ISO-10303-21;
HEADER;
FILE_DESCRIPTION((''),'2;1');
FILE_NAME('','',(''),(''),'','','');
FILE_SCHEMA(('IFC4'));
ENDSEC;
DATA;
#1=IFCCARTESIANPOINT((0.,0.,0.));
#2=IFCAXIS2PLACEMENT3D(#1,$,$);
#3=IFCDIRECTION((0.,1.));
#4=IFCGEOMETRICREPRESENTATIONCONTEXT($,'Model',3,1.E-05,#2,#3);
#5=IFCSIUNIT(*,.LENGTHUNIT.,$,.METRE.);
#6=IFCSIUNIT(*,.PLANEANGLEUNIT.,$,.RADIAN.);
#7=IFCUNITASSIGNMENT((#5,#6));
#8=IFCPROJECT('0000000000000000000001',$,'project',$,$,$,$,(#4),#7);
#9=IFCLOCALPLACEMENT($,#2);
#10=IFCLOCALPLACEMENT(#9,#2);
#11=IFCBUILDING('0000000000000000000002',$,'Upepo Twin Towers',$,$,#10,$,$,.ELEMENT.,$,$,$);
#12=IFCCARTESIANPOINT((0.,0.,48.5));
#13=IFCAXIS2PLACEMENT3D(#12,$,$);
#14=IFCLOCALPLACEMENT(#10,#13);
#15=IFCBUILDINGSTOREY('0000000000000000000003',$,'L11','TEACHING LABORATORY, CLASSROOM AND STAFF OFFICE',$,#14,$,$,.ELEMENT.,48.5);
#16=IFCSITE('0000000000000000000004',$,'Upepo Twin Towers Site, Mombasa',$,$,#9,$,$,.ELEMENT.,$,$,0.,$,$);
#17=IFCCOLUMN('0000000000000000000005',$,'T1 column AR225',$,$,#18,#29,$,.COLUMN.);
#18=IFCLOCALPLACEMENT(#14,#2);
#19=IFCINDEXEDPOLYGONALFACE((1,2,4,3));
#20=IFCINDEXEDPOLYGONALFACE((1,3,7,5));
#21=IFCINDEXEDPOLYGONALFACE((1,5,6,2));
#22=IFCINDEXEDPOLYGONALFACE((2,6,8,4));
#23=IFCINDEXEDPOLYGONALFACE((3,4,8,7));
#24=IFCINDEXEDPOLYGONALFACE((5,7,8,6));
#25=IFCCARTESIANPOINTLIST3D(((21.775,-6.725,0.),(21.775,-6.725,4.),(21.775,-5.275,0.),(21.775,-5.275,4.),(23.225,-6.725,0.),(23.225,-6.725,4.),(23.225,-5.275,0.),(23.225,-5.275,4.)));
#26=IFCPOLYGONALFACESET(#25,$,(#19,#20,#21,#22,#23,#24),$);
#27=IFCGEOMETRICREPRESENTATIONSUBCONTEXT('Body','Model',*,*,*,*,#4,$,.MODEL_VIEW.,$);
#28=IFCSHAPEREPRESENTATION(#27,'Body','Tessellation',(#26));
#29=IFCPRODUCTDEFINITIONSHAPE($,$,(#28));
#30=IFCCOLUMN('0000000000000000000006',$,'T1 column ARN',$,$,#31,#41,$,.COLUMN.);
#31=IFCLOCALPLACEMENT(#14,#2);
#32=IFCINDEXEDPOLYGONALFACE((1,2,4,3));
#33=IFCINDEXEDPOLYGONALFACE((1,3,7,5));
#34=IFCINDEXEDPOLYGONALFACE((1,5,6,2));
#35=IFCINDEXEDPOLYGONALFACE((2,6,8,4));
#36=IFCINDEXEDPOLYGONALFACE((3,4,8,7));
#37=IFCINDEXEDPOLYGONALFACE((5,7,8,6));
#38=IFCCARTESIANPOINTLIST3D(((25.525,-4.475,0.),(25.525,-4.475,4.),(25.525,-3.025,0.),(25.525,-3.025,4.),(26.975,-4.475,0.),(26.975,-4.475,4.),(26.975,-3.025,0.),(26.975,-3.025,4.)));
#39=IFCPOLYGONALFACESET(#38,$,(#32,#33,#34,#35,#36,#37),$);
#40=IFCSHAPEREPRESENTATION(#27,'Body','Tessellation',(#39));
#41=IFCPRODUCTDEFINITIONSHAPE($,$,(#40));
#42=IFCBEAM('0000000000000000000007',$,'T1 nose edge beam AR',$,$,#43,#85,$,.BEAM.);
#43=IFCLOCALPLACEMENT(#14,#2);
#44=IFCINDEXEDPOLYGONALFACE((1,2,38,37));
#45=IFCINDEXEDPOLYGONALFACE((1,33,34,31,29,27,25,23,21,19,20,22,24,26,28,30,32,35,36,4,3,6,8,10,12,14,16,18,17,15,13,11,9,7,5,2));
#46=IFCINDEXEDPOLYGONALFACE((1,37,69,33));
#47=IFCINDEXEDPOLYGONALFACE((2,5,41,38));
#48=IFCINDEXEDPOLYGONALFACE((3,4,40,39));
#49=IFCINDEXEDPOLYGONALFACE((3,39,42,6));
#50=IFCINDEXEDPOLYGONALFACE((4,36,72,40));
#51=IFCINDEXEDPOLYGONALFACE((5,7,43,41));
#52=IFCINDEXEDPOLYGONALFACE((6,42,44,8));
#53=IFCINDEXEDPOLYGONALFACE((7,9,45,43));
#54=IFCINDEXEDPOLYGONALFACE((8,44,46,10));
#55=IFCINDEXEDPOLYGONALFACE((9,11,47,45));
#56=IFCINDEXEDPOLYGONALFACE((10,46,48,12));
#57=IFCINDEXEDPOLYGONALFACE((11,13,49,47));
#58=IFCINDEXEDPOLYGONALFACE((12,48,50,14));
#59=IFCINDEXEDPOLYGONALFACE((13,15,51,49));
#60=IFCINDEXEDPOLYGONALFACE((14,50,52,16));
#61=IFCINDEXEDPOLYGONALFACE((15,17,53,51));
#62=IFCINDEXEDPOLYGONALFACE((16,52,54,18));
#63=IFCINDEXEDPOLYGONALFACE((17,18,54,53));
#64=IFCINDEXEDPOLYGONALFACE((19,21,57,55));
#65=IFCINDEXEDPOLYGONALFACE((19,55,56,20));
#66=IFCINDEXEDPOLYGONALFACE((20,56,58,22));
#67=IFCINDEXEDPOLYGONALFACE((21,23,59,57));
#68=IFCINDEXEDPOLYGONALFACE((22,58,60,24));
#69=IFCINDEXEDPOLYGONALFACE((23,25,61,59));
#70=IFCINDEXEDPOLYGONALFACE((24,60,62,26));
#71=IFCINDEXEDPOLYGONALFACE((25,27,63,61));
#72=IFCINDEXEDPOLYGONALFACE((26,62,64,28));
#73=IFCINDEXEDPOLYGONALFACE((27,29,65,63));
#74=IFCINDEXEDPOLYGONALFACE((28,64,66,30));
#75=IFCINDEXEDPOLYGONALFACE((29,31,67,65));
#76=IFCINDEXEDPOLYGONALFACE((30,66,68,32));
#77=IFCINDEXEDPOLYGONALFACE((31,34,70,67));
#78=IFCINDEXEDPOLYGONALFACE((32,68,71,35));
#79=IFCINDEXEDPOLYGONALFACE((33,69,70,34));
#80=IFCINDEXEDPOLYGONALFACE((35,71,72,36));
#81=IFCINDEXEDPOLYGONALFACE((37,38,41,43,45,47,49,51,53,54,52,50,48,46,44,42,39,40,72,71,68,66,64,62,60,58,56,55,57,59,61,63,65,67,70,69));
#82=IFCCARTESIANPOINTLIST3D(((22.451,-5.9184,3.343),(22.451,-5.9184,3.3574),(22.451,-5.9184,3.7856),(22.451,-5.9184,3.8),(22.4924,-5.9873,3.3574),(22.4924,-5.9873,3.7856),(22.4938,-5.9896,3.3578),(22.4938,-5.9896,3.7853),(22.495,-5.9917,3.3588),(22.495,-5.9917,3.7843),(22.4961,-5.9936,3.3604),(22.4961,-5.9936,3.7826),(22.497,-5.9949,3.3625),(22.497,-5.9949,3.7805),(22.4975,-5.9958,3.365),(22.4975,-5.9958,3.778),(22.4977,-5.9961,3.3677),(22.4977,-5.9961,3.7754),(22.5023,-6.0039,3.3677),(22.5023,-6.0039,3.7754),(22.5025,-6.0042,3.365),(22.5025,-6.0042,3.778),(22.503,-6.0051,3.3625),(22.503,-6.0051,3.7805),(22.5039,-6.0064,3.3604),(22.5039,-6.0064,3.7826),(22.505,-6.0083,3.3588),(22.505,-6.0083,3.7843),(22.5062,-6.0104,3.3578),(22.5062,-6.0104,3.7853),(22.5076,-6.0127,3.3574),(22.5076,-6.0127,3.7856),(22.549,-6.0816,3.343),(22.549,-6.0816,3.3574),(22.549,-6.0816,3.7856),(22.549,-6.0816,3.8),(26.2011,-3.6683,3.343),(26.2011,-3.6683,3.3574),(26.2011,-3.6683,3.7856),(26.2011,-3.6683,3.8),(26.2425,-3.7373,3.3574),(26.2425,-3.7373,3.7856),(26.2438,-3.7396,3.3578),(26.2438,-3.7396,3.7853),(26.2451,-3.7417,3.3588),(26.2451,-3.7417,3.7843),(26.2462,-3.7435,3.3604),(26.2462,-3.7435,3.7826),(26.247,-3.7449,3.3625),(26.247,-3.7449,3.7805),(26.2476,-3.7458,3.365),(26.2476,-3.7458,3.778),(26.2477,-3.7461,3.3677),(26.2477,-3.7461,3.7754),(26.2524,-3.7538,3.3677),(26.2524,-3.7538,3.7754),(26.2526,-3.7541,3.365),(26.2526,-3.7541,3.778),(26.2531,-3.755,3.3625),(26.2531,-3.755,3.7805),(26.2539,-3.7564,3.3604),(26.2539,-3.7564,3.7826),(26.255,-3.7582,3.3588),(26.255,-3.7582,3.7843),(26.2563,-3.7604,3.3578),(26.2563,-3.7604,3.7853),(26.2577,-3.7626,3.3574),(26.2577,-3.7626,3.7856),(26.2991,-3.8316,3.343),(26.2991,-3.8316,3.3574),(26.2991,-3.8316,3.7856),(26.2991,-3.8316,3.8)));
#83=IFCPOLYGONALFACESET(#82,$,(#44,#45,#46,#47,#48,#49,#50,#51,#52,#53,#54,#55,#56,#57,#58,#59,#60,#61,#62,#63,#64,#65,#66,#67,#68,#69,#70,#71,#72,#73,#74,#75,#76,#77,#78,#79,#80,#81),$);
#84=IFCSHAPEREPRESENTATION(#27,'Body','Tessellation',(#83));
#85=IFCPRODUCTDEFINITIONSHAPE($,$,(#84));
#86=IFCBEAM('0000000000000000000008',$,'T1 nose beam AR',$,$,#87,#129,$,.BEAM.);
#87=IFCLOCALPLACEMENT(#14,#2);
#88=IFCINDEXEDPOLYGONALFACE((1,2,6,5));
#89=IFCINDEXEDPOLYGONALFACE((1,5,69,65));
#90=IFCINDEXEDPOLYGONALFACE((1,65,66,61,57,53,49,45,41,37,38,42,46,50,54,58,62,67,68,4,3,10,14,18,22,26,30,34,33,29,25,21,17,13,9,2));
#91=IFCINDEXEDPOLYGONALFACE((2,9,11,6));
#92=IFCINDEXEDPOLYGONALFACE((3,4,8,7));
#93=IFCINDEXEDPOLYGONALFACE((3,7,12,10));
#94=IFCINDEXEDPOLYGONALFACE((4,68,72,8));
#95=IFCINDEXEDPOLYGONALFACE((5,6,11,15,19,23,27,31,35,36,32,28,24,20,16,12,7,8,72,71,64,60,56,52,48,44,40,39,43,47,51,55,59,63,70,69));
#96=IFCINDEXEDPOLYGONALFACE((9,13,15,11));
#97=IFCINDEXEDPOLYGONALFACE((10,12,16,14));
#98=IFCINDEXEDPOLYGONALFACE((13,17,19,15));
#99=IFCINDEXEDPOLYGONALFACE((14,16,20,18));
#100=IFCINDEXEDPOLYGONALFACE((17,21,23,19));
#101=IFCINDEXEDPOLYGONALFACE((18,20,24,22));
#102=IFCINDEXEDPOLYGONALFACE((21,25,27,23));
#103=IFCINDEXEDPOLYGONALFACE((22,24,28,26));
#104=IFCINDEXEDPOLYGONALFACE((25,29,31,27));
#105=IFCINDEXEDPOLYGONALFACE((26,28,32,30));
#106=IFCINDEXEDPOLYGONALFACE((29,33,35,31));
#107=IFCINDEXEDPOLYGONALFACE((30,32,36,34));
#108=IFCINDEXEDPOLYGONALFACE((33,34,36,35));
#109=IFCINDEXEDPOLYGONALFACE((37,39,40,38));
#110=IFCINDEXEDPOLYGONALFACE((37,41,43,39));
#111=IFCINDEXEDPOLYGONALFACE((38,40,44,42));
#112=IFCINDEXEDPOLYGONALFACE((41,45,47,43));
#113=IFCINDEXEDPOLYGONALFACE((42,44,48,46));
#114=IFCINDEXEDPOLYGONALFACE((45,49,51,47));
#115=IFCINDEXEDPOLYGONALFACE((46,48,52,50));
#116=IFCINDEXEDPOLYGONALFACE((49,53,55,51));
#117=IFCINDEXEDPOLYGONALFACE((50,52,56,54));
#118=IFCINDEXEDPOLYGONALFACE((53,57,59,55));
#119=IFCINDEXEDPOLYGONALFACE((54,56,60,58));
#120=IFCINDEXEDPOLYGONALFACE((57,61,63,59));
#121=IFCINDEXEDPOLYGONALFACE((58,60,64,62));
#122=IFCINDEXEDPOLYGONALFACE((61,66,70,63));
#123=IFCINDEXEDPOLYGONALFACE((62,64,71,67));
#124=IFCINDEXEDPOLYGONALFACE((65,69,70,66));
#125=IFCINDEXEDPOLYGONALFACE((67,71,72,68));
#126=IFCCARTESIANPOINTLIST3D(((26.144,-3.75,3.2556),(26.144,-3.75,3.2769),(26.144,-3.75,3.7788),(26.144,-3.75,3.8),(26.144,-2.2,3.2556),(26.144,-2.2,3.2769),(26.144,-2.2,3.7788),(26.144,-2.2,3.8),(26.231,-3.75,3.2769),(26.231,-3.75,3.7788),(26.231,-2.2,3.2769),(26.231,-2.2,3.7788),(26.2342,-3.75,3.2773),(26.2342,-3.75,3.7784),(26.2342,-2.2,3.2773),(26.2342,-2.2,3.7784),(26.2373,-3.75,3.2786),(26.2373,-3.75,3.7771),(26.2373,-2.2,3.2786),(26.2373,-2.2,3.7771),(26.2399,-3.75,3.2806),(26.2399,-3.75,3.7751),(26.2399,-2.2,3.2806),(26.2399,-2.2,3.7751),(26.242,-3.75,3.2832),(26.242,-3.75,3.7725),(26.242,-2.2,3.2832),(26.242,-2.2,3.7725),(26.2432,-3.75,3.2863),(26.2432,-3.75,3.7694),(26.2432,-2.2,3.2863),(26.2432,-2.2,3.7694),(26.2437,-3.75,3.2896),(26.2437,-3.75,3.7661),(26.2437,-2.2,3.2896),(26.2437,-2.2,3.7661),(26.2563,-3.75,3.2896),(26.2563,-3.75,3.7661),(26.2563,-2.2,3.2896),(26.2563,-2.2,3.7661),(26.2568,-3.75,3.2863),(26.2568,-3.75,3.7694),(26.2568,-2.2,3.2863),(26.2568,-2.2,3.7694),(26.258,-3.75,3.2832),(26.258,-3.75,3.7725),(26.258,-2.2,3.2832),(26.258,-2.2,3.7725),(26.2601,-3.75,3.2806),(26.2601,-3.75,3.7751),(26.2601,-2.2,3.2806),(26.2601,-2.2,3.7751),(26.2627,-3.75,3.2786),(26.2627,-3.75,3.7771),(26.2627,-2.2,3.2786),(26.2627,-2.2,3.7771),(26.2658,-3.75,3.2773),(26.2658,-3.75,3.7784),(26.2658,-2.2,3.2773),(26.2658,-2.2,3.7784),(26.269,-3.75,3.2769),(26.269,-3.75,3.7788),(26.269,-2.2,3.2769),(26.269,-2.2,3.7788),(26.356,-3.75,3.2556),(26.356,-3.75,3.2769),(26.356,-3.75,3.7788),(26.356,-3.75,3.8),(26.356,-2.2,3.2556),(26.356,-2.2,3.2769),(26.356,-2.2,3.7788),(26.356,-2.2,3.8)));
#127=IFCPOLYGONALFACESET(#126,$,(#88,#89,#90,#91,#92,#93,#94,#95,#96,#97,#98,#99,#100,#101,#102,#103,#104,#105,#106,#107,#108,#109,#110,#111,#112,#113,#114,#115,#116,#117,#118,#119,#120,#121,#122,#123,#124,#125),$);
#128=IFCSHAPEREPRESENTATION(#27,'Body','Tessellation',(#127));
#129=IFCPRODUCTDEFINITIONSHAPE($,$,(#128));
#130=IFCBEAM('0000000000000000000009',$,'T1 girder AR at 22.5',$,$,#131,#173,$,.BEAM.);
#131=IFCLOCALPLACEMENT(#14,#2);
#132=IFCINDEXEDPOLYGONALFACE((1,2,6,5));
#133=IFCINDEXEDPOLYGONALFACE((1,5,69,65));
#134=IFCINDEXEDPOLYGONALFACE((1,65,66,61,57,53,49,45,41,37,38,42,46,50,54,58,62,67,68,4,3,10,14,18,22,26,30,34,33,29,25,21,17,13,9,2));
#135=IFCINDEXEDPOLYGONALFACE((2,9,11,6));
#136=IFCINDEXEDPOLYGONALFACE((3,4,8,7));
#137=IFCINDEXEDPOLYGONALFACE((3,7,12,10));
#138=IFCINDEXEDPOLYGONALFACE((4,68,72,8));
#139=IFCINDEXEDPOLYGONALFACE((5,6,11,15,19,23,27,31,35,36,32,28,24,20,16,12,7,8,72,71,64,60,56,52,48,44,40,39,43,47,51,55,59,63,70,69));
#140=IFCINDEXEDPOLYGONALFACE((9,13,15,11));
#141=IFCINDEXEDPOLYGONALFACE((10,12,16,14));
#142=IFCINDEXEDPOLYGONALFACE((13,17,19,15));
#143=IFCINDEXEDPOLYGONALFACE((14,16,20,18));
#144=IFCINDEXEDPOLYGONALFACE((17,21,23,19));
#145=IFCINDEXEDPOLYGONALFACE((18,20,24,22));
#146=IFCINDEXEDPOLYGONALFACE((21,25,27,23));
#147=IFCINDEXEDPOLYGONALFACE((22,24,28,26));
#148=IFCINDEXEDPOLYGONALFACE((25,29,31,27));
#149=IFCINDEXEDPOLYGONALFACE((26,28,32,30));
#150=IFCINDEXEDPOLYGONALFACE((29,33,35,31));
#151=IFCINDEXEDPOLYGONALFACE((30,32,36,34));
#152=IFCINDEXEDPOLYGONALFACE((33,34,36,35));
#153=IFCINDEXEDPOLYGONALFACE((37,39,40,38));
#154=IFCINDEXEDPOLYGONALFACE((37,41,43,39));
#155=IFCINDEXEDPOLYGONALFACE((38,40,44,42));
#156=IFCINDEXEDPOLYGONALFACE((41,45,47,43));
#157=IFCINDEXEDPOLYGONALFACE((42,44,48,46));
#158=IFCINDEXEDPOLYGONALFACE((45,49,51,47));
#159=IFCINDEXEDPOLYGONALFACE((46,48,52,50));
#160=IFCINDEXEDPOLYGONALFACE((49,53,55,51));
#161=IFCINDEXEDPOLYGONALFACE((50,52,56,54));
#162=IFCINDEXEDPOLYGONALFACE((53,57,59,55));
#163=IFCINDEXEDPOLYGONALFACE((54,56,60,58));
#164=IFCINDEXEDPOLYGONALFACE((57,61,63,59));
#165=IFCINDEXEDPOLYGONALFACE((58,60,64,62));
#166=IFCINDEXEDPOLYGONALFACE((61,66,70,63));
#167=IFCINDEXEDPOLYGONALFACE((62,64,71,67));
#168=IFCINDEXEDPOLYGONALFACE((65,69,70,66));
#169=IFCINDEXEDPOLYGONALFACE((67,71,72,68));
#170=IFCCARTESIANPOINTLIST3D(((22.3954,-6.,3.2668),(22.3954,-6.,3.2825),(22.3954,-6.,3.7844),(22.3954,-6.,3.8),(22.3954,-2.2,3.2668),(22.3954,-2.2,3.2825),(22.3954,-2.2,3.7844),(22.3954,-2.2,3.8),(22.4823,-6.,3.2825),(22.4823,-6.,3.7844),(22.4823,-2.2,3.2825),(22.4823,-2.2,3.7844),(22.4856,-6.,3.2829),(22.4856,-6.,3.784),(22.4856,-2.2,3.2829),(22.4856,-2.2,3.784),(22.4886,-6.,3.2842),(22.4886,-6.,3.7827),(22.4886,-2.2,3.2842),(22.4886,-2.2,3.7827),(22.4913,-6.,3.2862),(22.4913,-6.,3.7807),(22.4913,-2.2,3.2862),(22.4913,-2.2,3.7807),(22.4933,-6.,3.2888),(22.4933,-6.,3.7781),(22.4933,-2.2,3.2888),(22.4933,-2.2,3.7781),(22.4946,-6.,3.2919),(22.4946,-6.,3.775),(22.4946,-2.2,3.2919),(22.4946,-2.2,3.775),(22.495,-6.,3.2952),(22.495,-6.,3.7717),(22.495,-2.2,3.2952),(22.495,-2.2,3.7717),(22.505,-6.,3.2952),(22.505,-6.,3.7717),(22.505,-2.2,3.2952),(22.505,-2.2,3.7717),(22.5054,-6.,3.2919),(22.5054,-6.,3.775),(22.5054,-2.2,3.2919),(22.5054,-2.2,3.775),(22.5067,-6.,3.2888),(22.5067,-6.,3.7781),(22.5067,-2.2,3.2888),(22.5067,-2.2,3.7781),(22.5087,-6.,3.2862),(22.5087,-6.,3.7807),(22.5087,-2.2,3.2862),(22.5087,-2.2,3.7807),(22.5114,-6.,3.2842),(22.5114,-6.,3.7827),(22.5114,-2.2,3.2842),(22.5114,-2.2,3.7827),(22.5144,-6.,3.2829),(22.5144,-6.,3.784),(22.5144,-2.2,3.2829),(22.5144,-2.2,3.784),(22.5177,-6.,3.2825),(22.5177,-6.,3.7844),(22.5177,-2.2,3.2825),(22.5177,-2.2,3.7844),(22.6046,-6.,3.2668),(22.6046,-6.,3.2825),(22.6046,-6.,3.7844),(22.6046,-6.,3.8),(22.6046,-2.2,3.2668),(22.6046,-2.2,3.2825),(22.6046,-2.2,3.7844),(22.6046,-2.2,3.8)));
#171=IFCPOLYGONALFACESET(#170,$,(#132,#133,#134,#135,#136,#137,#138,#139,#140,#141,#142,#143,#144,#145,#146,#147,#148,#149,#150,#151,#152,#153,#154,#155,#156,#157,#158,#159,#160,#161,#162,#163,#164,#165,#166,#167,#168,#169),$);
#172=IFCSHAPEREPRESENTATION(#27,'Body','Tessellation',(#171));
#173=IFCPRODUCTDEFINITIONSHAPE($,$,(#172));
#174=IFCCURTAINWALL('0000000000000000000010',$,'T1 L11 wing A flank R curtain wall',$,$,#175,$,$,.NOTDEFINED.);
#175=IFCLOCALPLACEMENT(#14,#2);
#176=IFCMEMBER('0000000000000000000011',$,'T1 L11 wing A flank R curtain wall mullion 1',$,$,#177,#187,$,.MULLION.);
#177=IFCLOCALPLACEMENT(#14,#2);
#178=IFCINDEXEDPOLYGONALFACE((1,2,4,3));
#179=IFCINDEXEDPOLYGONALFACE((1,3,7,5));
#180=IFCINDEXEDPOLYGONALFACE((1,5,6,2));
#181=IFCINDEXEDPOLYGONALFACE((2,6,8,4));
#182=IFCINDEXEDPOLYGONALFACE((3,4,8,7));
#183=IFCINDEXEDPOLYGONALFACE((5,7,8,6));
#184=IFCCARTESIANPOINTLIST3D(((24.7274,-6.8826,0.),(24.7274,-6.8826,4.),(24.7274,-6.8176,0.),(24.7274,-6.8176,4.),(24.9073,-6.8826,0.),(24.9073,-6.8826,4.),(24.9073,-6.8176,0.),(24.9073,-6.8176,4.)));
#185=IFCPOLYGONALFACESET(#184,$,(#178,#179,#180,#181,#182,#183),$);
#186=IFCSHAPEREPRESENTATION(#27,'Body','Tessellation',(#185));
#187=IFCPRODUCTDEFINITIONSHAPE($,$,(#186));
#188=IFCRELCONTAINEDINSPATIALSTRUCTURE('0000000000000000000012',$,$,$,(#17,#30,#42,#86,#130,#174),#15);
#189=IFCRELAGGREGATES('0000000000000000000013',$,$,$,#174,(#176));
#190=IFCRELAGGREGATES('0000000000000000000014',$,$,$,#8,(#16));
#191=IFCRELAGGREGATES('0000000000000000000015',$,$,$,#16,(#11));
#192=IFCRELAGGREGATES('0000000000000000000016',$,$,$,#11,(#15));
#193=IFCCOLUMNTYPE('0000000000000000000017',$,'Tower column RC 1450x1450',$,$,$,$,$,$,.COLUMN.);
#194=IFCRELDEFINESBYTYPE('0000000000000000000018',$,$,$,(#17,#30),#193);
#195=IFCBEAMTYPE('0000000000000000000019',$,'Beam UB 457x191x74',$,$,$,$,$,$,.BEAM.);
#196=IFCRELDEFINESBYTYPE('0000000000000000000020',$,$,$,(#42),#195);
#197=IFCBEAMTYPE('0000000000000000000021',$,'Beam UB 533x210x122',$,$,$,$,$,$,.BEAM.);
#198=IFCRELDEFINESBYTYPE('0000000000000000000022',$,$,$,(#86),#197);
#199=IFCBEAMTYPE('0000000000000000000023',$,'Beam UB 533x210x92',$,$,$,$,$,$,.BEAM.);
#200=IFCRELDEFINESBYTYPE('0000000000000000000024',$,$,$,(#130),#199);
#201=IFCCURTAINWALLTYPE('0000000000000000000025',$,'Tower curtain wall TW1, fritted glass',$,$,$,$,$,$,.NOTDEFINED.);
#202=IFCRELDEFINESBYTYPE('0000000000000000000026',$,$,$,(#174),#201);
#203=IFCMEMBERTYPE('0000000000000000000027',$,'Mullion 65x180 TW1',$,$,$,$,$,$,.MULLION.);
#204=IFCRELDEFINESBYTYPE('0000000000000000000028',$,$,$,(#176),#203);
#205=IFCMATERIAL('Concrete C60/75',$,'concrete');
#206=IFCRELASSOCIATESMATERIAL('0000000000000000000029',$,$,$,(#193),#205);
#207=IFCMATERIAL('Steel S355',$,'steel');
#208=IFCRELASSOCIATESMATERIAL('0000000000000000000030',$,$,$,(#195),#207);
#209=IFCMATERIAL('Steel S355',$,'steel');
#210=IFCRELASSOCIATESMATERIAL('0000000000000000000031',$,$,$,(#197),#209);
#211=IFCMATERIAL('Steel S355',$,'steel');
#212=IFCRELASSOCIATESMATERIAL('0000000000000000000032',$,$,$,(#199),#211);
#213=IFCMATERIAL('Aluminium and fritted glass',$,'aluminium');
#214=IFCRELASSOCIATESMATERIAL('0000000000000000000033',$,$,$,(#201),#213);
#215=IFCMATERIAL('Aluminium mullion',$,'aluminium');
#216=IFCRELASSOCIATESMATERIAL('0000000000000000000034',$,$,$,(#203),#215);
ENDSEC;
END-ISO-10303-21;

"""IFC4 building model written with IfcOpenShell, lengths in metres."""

from ifc_helpers import new_model, si_unit, direction, frame, origin, origin_2d, place, context, subcontext, project, spatial, rectangle, i_section, extrude, material, material_profile, profile_set, type_object, element, aggregate, save


model = new_model("IFC4")

# Units and contexts
model_context = context("Model", 3, precision=1e-05, world=origin(), true_north=direction((0.0, 1.0)))
body_context = subcontext(model_context, "Body", "Model", "MODEL_VIEW")
ifc_project = project(units=[si_unit("LENGTHUNIT", "METRE"), si_unit("PLANEANGLEUNIT", "RADIAN")], contexts=[model_context])

# Site, building, storey
site_placement = place(None, origin())
site = spatial("IfcSite", under=ifc_project, at=site_placement, Name="Upepo Twin Towers Site, Mombasa", CompositionType="ELEMENT", RefElevation=0.0)
building_placement = place(site_placement, origin())
building = spatial("IfcBuilding", under=site, at=building_placement, Name="Upepo Twin Towers", CompositionType="ELEMENT")
storey_placement = place(building_placement, frame((0.0, 0.0, 48.5)))
storey = spatial("IfcBuildingStorey", under=building, at=storey_placement, Name="L11", Description="TEACHING LABORATORY, CLASSROOM AND STAFF OFFICE", CompositionType="ELEMENT", Elevation=48.5)

# Columns
ifc_material_1 = material(Name="Concrete C60/75", Category="concrete")
ifc_material_profile_1 = material_profile(ifc_material_1, rectangle(XDim=1.45, YDim=1.45, at=origin_2d()), Name="RC 1450x1450")
ifc_profile_set_1 = profile_set([ifc_material_profile_1], Name="Concrete C60/75")
column_type = type_object("IfcColumnType", Name="Tower column RC 1450x1450", PredefinedType="COLUMN", material=ifc_profile_set_1)
for number, where, z_axis, x_axis, name in (
    (1, (22.5, -6.0, 0.0), (0.0, 0.0, 1.0), (1.0, 0.0, 0.0), "T1 column AR225"),
    (2, (26.25, -3.75, 0.0), (0.0, 0.0, 1.0), (1.0, 0.0, 0.0), "T1 column ARN"),
):
    element("IfcColumn", number, at=place(storey_placement, frame(where, z_axis=z_axis, x_axis=x_axis)), inside=storey, type_object=column_type, Name=name, PredefinedType="COLUMN", context=body_context, shape_type="SweptSolid", body=[
        extrude(rectangle(XDim=1.45, YDim=1.45, at=origin_2d()), origin(), (0.0, 0.0, 1.0), 4.0),
    ])

# Beams
ifc_material_2 = material(Name="Steel S355", Category="steel")
ifc_material_profile_2 = material_profile(ifc_material_2, i_section(OverallWidth=0.1904, OverallDepth=0.457, WebThickness=0.009, FlangeThickness=0.0144, FilletRadius=0.0103, at=origin_2d()), Name="UB 457x191x74")
ifc_profile_set_2 = profile_set([ifc_material_profile_2], Name="Steel S355")
beam_type_1 = type_object("IfcBeamType", Name="Beam UB 457x191x74", PredefinedType="BEAM", material=ifc_profile_set_2)
beam_1_placement = place(storey_placement, frame((22.5, -6.0, 3.5715), z_axis=(0.857493, 0.514496, 0.0), x_axis=(-0.514496, 0.857493, 0.0)))
element("IfcBeam", 3, at=beam_1_placement, inside=storey, type_object=beam_type_1, Name="T1 nose edge beam AR", PredefinedType="BEAM", context=body_context, shape_type="SweptSolid", body=[
    extrude(i_section(OverallWidth=0.1904, OverallDepth=0.457, WebThickness=0.009, FlangeThickness=0.0144, FilletRadius=0.0103, at=origin_2d()), origin(), (0.0, 0.0, 1.0), 4.3733),
])
ifc_material_3 = material(Name="Steel S355", Category="steel")
ifc_material_profile_3 = material_profile(ifc_material_3, i_section(OverallWidth=0.2119, OverallDepth=0.5444, WebThickness=0.0127, FlangeThickness=0.0212, FilletRadius=0.0127, at=origin_2d()), Name="UB 533x210x122")
ifc_profile_set_3 = profile_set([ifc_material_profile_3], Name="Steel S355")
beam_type_2 = type_object("IfcBeamType", Name="Beam UB 533x210x122", PredefinedType="BEAM", material=ifc_profile_set_3)
beam_2_placement = place(storey_placement, frame((26.25, -3.75, 3.5278), z_axis=(0.0, 1.0, 0.0), x_axis=(-1.0, 0.0, 0.0)))
element("IfcBeam", 4, at=beam_2_placement, inside=storey, type_object=beam_type_2, Name="T1 nose beam AR", PredefinedType="BEAM", context=body_context, shape_type="SweptSolid", body=[
    extrude(i_section(OverallWidth=0.2119, OverallDepth=0.5444, WebThickness=0.0127, FlangeThickness=0.0212, FilletRadius=0.0127, at=origin_2d()), origin(), (0.0, 0.0, 1.0), 1.55),
])
ifc_material_4 = material(Name="Steel S355", Category="steel")
ifc_material_profile_4 = material_profile(ifc_material_4, i_section(OverallWidth=0.2092, OverallDepth=0.5332, WebThickness=0.01, FlangeThickness=0.0156, FilletRadius=0.0127, at=origin_2d()), Name="UB 533x210x92")
ifc_profile_set_4 = profile_set([ifc_material_profile_4], Name="Steel S355")
beam_type_3 = type_object("IfcBeamType", Name="Beam UB 533x210x92", PredefinedType="BEAM", material=ifc_profile_set_4)
beam_3_placement = place(storey_placement, frame((22.5, -6.0, 3.5334), z_axis=(0.0, 1.0, 0.0), x_axis=(-1.0, 0.0, 0.0)))
element("IfcBeam", 5, at=beam_3_placement, inside=storey, type_object=beam_type_3, Name="T1 girder AR at 22.5", PredefinedType="BEAM", context=body_context, shape_type="SweptSolid", body=[
    extrude(i_section(OverallWidth=0.2092, OverallDepth=0.5332, WebThickness=0.01, FlangeThickness=0.0156, FilletRadius=0.0127, at=origin_2d()), origin(), (0.0, 0.0, 1.0), 3.8),
])

# Curtain wall, member
ifc_material_5 = material(Name="Aluminium and fritted glass", Category="aluminium")
curtain_wall_type = type_object("IfcCurtainWallType", Name="Tower curtain wall TW1, fritted glass", PredefinedType="NOTDEFINED", material=ifc_material_5)
curtain_wall_1_placement = place(storey_placement, origin())
curtain_wall_1 = element("IfcCurtainWall", 6, at=curtain_wall_1_placement, inside=storey, type_object=curtain_wall_type, Name="T1 L11 wing A flank R curtain wall", PredefinedType="NOTDEFINED")
ifc_material_6 = material(Name="Aluminium mullion", Category="aluminium")
ifc_material_profile_5 = material_profile(ifc_material_6, rectangle(XDim=0.0649, YDim=0.1799, at=origin_2d()), Name="MULLION 65x180")
ifc_profile_set_5 = profile_set([ifc_material_profile_5], Name="Aluminium mullion")
member_type_1 = type_object("IfcMemberType", Name="Mullion 65x180 TW1", PredefinedType="MULLION", material=ifc_profile_set_5)
member_1_placement = place(storey_placement, frame((24.8174, -6.8501, 0.0), z_axis=(0.0, 0.0, 1.0), x_axis=(0.0, -1.0, 0.0)))
member_1 = element("IfcMember", 7, at=member_1_placement, type_object=member_type_1, Name="T1 L11 wing A flank R curtain wall mullion 1", PredefinedType="MULLION", context=body_context, shape_type="SweptSolid", body=[
    extrude(rectangle(XDim=0.0649, YDim=0.1799, at=origin_2d()), origin(), (0.0, 0.0, 1.0), 4.0),
])

aggregate(curtain_wall_1, [member_1])

save(model, "model.ifc")
